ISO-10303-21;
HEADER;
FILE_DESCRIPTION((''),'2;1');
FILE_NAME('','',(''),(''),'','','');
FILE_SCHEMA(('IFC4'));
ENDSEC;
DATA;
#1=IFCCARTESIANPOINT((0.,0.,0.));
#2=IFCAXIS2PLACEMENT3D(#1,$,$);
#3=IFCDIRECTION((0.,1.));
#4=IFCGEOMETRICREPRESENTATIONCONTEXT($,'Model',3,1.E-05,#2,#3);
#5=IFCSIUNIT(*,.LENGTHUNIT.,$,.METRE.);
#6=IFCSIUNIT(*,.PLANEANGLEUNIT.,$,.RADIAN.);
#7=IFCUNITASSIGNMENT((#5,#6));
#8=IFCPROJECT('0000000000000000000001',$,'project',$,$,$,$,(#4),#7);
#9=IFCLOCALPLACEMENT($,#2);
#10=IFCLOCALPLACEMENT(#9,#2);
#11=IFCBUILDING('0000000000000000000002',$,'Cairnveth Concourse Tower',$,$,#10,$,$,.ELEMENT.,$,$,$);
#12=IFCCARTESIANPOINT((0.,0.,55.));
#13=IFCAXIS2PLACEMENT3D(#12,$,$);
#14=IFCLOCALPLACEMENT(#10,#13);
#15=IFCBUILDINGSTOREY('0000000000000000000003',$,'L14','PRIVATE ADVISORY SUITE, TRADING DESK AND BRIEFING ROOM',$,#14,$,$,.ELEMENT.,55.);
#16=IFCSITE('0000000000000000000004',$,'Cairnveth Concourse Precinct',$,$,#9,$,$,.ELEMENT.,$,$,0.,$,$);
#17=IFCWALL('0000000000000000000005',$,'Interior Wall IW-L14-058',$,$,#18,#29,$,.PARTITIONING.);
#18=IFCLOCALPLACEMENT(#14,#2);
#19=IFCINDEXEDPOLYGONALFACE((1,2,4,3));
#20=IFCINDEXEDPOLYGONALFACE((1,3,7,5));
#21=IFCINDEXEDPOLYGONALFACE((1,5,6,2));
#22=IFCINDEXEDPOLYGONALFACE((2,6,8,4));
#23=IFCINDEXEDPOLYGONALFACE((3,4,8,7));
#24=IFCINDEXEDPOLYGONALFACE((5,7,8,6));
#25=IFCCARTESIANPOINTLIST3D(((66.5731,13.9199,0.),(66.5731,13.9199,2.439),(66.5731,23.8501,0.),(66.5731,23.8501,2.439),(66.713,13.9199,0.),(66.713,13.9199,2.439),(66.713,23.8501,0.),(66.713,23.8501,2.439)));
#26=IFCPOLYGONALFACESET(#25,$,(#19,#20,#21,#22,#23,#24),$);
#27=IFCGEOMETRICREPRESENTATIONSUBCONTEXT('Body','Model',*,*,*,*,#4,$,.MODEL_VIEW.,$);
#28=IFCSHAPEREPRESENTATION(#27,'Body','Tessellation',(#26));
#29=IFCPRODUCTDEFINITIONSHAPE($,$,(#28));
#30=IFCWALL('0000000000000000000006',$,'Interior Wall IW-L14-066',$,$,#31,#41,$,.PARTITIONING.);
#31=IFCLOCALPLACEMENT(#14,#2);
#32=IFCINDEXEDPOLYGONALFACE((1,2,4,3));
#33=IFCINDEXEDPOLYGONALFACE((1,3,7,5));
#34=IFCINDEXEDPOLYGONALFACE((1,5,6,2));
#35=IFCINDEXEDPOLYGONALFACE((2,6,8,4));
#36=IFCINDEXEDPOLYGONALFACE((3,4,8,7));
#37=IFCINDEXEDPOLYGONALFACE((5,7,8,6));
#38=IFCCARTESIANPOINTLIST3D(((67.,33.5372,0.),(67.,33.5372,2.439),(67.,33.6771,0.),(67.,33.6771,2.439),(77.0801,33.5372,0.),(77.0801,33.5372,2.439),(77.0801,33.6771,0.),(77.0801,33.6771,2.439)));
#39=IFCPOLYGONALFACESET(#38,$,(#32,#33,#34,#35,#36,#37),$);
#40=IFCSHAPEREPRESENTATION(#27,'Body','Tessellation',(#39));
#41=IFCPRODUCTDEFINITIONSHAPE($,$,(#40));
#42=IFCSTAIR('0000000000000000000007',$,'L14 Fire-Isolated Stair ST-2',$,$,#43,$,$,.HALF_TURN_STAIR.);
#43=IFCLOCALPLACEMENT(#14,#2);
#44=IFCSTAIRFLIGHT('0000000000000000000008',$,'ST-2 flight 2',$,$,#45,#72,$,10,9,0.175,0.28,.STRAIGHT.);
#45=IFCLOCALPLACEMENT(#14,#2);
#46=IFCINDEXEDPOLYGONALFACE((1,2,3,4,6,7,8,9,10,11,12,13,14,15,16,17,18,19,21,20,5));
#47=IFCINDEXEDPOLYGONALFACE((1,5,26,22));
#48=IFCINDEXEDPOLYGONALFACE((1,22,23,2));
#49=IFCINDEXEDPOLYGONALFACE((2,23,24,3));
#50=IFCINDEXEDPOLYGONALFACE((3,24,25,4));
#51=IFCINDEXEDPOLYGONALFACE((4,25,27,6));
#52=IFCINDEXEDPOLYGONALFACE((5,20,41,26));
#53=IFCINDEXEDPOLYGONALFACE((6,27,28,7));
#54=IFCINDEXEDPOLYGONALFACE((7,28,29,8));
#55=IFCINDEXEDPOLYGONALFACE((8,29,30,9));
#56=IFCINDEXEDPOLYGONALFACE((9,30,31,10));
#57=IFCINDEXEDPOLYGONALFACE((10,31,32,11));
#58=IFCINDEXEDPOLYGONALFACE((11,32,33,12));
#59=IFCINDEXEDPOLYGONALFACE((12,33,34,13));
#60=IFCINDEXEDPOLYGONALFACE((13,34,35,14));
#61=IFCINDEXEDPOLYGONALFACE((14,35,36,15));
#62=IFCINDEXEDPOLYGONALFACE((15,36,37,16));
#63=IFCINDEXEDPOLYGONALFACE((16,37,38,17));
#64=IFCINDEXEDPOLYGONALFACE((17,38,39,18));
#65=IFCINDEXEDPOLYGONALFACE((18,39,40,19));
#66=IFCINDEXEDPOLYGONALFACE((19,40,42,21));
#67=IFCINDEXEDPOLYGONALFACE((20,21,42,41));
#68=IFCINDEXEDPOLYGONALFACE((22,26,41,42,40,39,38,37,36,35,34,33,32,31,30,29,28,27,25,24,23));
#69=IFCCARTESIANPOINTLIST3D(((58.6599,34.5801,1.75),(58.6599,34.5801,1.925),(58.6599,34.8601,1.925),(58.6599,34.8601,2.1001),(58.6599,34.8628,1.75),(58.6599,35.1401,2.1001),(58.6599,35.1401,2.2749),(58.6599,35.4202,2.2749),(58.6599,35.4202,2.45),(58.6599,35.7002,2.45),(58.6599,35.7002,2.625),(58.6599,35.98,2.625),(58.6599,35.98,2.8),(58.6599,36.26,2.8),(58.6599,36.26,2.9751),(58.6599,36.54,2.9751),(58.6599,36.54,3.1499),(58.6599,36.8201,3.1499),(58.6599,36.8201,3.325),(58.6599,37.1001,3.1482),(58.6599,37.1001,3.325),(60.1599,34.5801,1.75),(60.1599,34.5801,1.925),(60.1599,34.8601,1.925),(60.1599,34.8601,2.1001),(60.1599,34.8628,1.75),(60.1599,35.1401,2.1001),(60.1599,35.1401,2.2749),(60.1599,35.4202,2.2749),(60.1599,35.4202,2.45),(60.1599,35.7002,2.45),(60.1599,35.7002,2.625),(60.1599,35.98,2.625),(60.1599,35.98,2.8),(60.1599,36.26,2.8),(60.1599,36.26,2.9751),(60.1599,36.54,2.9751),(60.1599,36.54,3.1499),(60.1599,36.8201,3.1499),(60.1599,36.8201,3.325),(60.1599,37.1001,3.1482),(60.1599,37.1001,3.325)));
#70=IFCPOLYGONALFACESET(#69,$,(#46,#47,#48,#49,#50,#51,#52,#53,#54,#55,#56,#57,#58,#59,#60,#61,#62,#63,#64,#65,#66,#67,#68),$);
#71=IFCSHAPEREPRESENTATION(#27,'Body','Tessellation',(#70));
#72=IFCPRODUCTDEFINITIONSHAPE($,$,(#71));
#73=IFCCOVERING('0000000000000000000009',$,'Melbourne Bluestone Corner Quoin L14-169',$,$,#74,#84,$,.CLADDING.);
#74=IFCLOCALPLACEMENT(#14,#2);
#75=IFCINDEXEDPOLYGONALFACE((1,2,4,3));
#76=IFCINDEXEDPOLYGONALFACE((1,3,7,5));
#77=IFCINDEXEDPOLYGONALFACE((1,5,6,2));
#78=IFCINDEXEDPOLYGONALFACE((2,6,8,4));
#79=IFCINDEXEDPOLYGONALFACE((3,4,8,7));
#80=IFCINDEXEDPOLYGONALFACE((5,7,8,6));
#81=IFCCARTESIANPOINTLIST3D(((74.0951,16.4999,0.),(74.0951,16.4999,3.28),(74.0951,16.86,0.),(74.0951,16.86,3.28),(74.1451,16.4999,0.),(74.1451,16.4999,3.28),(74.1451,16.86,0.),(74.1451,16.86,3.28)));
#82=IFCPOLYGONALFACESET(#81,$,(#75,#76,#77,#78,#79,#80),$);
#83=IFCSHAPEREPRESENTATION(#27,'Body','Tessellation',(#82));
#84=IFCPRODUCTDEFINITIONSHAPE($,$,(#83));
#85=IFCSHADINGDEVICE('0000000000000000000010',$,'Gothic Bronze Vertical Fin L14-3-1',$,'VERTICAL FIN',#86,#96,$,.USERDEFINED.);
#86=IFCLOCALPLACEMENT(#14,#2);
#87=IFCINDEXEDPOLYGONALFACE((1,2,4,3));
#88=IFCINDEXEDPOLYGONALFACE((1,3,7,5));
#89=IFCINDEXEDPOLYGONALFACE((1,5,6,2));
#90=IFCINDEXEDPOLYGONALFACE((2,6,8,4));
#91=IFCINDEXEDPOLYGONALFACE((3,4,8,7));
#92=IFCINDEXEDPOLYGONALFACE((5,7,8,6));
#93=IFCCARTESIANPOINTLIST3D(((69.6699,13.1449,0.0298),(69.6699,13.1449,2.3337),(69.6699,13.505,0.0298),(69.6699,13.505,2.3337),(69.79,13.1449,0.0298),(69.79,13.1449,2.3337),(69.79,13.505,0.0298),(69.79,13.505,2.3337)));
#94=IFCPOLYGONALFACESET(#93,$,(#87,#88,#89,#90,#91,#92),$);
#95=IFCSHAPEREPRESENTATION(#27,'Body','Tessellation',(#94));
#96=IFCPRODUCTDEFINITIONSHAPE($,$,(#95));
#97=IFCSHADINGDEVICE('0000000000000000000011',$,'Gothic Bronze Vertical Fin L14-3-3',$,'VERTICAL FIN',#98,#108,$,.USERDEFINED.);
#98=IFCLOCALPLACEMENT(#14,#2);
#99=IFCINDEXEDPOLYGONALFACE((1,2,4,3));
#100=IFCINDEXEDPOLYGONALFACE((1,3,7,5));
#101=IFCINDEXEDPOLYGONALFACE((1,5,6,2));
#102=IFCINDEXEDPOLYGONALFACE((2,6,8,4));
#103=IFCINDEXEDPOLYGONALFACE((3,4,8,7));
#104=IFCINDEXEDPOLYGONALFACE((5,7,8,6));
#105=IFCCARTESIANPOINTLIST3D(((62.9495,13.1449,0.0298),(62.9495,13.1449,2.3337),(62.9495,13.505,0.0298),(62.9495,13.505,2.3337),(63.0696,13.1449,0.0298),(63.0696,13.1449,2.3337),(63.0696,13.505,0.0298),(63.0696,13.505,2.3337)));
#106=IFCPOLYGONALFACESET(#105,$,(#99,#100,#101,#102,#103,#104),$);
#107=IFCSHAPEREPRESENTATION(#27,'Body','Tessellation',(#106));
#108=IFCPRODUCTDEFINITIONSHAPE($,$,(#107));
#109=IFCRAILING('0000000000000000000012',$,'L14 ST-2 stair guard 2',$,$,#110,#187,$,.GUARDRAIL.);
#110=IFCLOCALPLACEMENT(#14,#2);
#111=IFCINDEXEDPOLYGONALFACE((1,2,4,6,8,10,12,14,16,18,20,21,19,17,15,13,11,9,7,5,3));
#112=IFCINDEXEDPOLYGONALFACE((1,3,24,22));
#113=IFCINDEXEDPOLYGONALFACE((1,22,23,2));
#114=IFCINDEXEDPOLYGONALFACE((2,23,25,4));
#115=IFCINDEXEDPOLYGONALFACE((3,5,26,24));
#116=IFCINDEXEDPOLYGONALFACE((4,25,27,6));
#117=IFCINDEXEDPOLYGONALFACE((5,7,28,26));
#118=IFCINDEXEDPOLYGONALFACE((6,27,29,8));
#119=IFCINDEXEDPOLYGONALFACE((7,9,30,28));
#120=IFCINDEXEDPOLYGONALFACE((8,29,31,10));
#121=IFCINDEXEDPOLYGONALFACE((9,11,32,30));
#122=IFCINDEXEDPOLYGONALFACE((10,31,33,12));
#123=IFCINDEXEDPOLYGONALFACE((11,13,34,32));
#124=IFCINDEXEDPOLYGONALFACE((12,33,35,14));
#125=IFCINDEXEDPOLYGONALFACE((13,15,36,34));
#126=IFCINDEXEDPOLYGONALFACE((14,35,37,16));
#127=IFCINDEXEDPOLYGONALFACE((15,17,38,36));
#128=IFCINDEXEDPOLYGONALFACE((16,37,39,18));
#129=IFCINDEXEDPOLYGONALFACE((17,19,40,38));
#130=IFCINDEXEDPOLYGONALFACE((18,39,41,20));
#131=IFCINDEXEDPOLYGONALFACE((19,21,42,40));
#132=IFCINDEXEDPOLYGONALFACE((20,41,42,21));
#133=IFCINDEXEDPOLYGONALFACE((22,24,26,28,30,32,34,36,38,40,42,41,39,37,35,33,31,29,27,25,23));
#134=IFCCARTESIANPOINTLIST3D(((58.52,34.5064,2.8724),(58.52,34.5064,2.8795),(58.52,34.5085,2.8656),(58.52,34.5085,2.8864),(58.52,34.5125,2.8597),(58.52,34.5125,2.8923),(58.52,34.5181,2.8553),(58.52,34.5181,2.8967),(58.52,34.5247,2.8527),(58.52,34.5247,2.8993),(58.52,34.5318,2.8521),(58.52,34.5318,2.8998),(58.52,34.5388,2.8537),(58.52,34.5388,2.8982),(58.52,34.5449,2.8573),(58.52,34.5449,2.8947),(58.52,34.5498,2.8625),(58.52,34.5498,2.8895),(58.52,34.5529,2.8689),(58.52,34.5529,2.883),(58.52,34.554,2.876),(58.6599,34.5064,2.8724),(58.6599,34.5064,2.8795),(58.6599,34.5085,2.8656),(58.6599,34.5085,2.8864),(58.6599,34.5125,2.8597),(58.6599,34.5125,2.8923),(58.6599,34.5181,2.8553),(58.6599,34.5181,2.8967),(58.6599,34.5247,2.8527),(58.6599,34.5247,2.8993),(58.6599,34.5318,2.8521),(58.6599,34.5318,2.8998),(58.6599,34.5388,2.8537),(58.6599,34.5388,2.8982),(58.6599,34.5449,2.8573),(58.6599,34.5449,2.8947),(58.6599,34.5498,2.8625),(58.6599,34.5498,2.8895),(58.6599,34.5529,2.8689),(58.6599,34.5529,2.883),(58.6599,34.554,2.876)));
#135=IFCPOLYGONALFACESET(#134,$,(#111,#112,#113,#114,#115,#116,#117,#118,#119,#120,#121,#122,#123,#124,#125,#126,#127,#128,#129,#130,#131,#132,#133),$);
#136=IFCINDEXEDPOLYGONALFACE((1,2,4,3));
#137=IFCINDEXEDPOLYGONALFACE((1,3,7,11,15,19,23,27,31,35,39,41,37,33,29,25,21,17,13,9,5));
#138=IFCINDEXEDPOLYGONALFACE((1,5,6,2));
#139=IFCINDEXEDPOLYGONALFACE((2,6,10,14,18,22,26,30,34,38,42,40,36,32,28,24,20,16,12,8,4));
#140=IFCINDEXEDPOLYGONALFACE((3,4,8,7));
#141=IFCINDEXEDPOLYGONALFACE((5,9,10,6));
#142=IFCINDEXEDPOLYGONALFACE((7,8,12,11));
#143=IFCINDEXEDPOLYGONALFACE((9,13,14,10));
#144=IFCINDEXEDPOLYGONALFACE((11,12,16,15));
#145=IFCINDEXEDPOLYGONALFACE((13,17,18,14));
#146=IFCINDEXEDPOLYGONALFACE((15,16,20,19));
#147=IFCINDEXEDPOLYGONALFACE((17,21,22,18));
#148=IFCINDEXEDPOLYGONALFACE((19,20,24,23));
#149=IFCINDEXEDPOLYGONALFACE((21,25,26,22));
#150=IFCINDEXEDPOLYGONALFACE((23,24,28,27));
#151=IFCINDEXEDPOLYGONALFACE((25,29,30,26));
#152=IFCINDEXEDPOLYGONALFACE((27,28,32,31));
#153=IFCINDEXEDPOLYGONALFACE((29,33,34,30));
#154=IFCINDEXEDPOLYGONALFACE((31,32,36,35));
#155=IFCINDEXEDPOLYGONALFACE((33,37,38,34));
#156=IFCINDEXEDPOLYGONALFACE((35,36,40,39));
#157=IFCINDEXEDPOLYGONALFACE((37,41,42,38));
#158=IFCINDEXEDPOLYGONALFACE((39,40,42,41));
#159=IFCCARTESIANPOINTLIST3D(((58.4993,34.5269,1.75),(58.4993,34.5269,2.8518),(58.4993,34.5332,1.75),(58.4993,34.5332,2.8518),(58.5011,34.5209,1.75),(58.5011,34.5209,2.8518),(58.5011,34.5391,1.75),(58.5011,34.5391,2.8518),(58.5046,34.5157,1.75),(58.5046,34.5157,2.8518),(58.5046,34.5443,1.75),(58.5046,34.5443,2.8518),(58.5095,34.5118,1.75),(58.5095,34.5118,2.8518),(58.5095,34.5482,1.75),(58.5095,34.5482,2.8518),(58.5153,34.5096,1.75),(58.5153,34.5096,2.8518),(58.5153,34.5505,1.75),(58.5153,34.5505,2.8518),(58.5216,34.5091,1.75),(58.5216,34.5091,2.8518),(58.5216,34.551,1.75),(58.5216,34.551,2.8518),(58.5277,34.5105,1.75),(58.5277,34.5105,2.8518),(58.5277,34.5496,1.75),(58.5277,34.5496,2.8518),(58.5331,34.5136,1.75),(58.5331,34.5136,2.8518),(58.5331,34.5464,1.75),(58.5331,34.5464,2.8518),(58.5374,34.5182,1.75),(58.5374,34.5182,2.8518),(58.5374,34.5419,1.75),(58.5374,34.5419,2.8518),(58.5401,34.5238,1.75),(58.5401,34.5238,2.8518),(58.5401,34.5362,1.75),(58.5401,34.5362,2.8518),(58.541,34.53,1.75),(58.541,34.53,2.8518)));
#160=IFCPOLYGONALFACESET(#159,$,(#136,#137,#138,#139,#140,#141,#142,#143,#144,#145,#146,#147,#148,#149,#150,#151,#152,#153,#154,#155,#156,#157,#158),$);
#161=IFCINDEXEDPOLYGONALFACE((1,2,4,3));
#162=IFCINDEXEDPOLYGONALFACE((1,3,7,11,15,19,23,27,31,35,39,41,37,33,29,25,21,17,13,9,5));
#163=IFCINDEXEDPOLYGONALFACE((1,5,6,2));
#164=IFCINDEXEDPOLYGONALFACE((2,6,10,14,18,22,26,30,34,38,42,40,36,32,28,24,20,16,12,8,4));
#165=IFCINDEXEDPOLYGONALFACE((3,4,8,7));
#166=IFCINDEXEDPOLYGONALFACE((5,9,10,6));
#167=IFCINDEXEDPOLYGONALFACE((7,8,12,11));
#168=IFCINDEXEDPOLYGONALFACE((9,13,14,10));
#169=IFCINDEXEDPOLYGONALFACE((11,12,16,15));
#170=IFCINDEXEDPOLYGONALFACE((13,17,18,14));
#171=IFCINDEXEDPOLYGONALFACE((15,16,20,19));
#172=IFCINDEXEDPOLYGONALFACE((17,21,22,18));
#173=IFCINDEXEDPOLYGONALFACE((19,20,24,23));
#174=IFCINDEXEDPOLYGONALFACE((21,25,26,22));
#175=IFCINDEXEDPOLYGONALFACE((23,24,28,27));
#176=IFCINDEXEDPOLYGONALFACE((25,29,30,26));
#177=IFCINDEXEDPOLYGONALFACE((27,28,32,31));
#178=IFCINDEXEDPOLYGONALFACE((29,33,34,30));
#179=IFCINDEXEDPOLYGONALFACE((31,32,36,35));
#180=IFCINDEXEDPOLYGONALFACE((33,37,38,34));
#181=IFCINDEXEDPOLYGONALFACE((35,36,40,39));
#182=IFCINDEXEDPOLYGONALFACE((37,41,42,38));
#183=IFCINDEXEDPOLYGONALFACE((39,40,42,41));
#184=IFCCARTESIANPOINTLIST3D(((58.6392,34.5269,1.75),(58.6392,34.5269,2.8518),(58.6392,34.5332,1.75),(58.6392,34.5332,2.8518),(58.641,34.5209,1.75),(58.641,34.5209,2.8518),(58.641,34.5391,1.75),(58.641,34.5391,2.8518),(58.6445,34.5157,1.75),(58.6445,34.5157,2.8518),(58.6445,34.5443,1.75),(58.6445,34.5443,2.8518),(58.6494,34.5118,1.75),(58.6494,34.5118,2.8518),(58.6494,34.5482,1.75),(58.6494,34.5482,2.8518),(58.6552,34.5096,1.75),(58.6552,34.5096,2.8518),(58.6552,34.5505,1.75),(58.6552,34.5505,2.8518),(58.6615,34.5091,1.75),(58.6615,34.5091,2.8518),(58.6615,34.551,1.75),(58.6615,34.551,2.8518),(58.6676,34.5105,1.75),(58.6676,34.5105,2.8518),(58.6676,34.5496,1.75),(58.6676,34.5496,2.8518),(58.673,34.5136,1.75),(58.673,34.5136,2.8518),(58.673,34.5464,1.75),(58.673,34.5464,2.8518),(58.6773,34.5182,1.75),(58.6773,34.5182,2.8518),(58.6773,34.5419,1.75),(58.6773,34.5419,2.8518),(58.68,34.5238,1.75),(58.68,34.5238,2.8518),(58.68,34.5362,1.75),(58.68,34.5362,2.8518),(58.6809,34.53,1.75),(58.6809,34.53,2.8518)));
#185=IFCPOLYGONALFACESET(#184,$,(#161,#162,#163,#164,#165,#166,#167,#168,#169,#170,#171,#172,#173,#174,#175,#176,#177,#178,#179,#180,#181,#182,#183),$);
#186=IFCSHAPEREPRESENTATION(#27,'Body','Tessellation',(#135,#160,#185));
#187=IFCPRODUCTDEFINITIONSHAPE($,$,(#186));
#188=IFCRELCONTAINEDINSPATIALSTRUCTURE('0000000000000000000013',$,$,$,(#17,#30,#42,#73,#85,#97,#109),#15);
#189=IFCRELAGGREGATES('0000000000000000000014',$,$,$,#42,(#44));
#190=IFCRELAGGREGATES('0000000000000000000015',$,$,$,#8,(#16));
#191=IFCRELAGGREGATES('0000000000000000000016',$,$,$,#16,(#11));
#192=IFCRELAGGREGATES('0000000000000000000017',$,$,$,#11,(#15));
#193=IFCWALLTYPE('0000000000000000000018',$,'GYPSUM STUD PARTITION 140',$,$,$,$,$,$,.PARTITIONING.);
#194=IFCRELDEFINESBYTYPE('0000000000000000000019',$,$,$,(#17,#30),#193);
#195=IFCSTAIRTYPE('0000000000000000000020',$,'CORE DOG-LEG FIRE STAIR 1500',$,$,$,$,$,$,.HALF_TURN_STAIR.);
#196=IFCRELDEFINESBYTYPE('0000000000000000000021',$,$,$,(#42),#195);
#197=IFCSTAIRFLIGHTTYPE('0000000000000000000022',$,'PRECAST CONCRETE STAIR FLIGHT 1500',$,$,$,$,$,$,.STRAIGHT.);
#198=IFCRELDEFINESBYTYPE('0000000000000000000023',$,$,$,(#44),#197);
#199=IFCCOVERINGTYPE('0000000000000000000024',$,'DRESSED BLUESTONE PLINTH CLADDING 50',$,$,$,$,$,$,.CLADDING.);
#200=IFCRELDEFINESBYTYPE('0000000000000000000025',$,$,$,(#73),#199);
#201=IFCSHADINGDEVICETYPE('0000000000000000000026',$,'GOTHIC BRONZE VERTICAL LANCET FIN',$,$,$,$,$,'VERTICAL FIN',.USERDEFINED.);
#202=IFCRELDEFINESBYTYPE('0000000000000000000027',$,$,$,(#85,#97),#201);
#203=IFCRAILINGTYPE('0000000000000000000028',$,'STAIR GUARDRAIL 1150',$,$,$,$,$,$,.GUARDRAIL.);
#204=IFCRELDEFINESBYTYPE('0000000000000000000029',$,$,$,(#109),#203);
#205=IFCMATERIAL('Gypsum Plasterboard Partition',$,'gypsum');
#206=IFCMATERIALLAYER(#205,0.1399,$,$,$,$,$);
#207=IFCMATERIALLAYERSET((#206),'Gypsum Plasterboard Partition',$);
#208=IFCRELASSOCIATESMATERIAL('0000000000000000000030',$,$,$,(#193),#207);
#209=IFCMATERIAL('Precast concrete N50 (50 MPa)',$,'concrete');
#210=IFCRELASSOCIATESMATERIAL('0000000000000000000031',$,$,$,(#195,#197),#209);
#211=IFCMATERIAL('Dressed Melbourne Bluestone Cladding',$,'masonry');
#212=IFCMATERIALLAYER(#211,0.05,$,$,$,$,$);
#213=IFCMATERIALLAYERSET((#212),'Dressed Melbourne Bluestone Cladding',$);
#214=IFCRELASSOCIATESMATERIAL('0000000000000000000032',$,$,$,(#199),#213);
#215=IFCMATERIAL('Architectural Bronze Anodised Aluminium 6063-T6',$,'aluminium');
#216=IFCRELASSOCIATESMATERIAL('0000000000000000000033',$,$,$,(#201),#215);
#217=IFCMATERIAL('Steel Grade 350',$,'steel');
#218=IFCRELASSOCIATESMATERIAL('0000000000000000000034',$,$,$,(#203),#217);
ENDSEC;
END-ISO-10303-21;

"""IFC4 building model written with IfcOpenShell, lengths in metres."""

from ifc_helpers import new_model, si_unit, direction, frame, frame_2d, origin, origin_2d, place, context, subcontext, project, spatial, polyline, rectangle, circle, outline, extrude, material, layer, layer_set, type_object, element, aggregate, save


model = new_model("IFC4")

# Units and contexts
model_context = context("Model", 3, precision=1e-05, world=origin(), true_north=direction((0.0, 1.0)))
body_context = subcontext(model_context, "Body", "Model", "MODEL_VIEW")
ifc_project = project(units=[si_unit("LENGTHUNIT", "METRE"), si_unit("PLANEANGLEUNIT", "RADIAN")], contexts=[model_context])

# Site, building, storey
site_placement = place(None, origin())
site = spatial("IfcSite", under=ifc_project, at=site_placement, Name="Cairnveth Concourse Precinct", CompositionType="ELEMENT", RefElevation=0.0)
building_placement = place(site_placement, origin())
building = spatial("IfcBuilding", under=site, at=building_placement, Name="Cairnveth Concourse Tower", CompositionType="ELEMENT")
storey_placement = place(building_placement, frame((0.0, 0.0, 55.0)))
storey = spatial("IfcBuildingStorey", under=building, at=storey_placement, Name="L14", Description="PRIVATE ADVISORY SUITE, TRADING DESK AND BRIEFING ROOM", CompositionType="ELEMENT", Elevation=55.0)

# Shared definitions
ifc_material_1 = material(Name="Steel Grade 350", Category="steel")

# Shared definitions
ifc_material_2 = material(Name="Gypsum Plasterboard Partition", Category="gypsum")
ifc_layer_1 = layer(ifc_material_2, 0.1399)
ifc_layer_set_1 = layer_set([ifc_layer_1], Name="Gypsum Plasterboard Partition")
wall_type_1 = type_object("IfcWallType", Name="GYPSUM STUD PARTITION 140", PredefinedType="PARTITIONING", material=ifc_layer_set_1)

# Walls
wall_1_placement = place(storey_placement, frame((66.6431, 13.9199, 0.0), z_axis=(0.0, 0.0, 1.0), x_axis=(0.0, 1.0, 0.0)))
element("IfcWall", 1, at=wall_1_placement, inside=storey, type_object=wall_type_1, Name="Interior Wall IW-L14-058", PredefinedType="PARTITIONING", context=body_context, shape_type="SweptSolid", body=[
    extrude(rectangle(XDim=9.9302, YDim=0.1399, at=frame_2d((4.9651, 0.0))), origin(), (0.0, 0.0, 1.0), 2.439),
])
wall_2_placement = place(storey_placement, frame((67.0, 33.6072, 0.0), z_axis=(0.0, 0.0, 1.0), x_axis=(1.0, 0.0, 0.0)))
element("IfcWall", 2, at=wall_2_placement, inside=storey, type_object=wall_type_1, Name="Interior Wall IW-L14-066", PredefinedType="PARTITIONING", context=body_context, shape_type="SweptSolid", body=[
    extrude(rectangle(XDim=10.0801, YDim=0.1399, at=frame_2d((5.04, 0.0))), origin(), (0.0, 0.0, 1.0), 2.439),
])

# Stair, stair flight
ifc_material_3 = material(Name="Precast concrete N50 (50 MPa)", Category="concrete")
stair_type = type_object("IfcStairType", Name="CORE DOG-LEG FIRE STAIR 1500", PredefinedType="HALF_TURN_STAIR", material=ifc_material_3)
stair_placement = place(storey_placement, origin())
stair = element("IfcStair", 3, at=stair_placement, inside=storey, type_object=stair_type, Name="L14 Fire-Isolated Stair ST-2", PredefinedType="HALF_TURN_STAIR")
stair_flight_type = type_object("IfcStairFlightType", Name="PRECAST CONCRETE STAIR FLIGHT 1500", PredefinedType="STRAIGHT", material=ifc_material_3)
stair_flight_placement = place(storey_placement, frame((59.4099, 34.5801, 1.75), z_axis=(0.0, 0.0, 1.0), x_axis=(0.0, 1.0, 0.0)))
stair_flight = element("IfcStairFlight", 4, at=stair_flight_placement, type_object=stair_flight_type, Name="ST-2 flight 2", NumberOfRisers=10, NumberOfTreads=9, PredefinedType="STRAIGHT", RiserHeight=0.175, TreadLength=0.28, context=body_context, shape_type="SweptSolid", body=[
    extrude(outline(polyline([(0.0, 0.0), (0.0, 0.175), (0.28, 0.175), (0.28, 0.3501), (0.5601, 0.3501), (0.5601, 0.5249), (0.8401, 0.5249), (0.8401, 0.7), (1.1201, 0.7), (1.1201, 0.875), (1.3999, 0.875), (1.3999, 1.05), (1.6799, 1.05), (1.6799, 1.2251), (1.96, 1.2251), (1.96, 1.3999), (2.24, 1.3999), (2.24, 1.575), (2.52, 1.575), (2.52, 1.75), (2.52, 1.3982), (0.2827, 0.0), (0.0, 0.0)])), frame((0.0, 0.75, 0.0), z_axis=(0.0, -1.0, 0.0), x_axis=(1.0, 0.0, 0.0)), (0.0, 0.0, 1.0), 1.5),
])
aggregate(stair, [stair_flight])

# Covering
ifc_material_4 = material(Name="Dressed Melbourne Bluestone Cladding", Category="masonry")
ifc_layer_2 = layer(ifc_material_4, 0.05)
ifc_layer_set_2 = layer_set([ifc_layer_2], Name="Dressed Melbourne Bluestone Cladding")
covering_type = type_object("IfcCoveringType", Name="DRESSED BLUESTONE PLINTH CLADDING 50", PredefinedType="CLADDING", material=ifc_layer_set_2)
covering_placement = place(storey_placement, frame((74.1201, 16.8601, 0.0), z_axis=(0.0, 0.0, 1.0), x_axis=(0.0, -1.0, 0.0)))
element("IfcCovering", 5, at=covering_placement, inside=storey, type_object=covering_type, Name="Melbourne Bluestone Corner Quoin L14-169", PredefinedType="CLADDING", context=body_context, shape_type="SweptSolid", body=[
    extrude(rectangle(XDim=0.3601, YDim=0.05, at=frame_2d((0.1802, 0.0))), origin(), (0.0, 0.0, 1.0), 3.28),
])

# Shading devices
ifc_material_5 = material(Name="Architectural Bronze Anodised Aluminium 6063-T6", Category="aluminium")
shading_device_type = type_object("IfcShadingDeviceType", Name="GOTHIC BRONZE VERTICAL LANCET FIN", ElementType="VERTICAL FIN", PredefinedType="USERDEFINED", material=ifc_material_5)
for number, where, z_axis, x_axis, name in (
    (6, (69.73, 13.325, 0.0298), (0.0, 0.0, 1.0), (1.0, 0.0, 0.0), "Gothic Bronze Vertical Fin L14-3-1"),
    (7, (63.0095, 13.325, 0.0298), (0.0, 0.0, 1.0), (1.0, 0.0, 0.0), "Gothic Bronze Vertical Fin L14-3-3"),
):
    element("IfcShadingDevice", number, at=place(storey_placement, frame(where, z_axis=z_axis, x_axis=x_axis)), inside=storey, type_object=shading_device_type, Name=name, ObjectType="VERTICAL FIN", PredefinedType="USERDEFINED", context=body_context, shape_type="SweptSolid", body=[
        extrude(rectangle(XDim=0.1201, YDim=0.3601, at=origin_2d()), origin(), (0.0, 0.0, 1.0), 2.304),
    ])

# Railing
railing_type_1 = type_object("IfcRailingType", Name="STAIR GUARDRAIL 1150", PredefinedType="GUARDRAIL", material=ifc_material_1)
railing_1_placement = place(storey_placement, frame((58.52, 34.53, 1.75)))
element("IfcRailing", 8, at=railing_1_placement, inside=storey, type_object=railing_type_1, Name="L14 ST-2 stair guard 2", PredefinedType="GUARDRAIL", context=body_context, shape_type="SweptSolid", body=[
    extrude(circle(Radius=0.0239, at=origin_2d()), frame((0.0, 0.0, 1.126), z_axis=(1.0, 0.0, 0.0), x_axis=(0.0, 1.0, 0.0)), (0.0, 0.0, 1.0), 0.1399),
    extrude(circle(Radius=0.021, at=origin_2d()), origin(), (0.0, 0.0, 1.0), 1.1018),
    extrude(circle(Radius=0.021, at=origin_2d()), frame((0.1399, 0.0, 0.0)), (0.0, 0.0, 1.0), 1.1018),
])

save(model, "model.ifc")
